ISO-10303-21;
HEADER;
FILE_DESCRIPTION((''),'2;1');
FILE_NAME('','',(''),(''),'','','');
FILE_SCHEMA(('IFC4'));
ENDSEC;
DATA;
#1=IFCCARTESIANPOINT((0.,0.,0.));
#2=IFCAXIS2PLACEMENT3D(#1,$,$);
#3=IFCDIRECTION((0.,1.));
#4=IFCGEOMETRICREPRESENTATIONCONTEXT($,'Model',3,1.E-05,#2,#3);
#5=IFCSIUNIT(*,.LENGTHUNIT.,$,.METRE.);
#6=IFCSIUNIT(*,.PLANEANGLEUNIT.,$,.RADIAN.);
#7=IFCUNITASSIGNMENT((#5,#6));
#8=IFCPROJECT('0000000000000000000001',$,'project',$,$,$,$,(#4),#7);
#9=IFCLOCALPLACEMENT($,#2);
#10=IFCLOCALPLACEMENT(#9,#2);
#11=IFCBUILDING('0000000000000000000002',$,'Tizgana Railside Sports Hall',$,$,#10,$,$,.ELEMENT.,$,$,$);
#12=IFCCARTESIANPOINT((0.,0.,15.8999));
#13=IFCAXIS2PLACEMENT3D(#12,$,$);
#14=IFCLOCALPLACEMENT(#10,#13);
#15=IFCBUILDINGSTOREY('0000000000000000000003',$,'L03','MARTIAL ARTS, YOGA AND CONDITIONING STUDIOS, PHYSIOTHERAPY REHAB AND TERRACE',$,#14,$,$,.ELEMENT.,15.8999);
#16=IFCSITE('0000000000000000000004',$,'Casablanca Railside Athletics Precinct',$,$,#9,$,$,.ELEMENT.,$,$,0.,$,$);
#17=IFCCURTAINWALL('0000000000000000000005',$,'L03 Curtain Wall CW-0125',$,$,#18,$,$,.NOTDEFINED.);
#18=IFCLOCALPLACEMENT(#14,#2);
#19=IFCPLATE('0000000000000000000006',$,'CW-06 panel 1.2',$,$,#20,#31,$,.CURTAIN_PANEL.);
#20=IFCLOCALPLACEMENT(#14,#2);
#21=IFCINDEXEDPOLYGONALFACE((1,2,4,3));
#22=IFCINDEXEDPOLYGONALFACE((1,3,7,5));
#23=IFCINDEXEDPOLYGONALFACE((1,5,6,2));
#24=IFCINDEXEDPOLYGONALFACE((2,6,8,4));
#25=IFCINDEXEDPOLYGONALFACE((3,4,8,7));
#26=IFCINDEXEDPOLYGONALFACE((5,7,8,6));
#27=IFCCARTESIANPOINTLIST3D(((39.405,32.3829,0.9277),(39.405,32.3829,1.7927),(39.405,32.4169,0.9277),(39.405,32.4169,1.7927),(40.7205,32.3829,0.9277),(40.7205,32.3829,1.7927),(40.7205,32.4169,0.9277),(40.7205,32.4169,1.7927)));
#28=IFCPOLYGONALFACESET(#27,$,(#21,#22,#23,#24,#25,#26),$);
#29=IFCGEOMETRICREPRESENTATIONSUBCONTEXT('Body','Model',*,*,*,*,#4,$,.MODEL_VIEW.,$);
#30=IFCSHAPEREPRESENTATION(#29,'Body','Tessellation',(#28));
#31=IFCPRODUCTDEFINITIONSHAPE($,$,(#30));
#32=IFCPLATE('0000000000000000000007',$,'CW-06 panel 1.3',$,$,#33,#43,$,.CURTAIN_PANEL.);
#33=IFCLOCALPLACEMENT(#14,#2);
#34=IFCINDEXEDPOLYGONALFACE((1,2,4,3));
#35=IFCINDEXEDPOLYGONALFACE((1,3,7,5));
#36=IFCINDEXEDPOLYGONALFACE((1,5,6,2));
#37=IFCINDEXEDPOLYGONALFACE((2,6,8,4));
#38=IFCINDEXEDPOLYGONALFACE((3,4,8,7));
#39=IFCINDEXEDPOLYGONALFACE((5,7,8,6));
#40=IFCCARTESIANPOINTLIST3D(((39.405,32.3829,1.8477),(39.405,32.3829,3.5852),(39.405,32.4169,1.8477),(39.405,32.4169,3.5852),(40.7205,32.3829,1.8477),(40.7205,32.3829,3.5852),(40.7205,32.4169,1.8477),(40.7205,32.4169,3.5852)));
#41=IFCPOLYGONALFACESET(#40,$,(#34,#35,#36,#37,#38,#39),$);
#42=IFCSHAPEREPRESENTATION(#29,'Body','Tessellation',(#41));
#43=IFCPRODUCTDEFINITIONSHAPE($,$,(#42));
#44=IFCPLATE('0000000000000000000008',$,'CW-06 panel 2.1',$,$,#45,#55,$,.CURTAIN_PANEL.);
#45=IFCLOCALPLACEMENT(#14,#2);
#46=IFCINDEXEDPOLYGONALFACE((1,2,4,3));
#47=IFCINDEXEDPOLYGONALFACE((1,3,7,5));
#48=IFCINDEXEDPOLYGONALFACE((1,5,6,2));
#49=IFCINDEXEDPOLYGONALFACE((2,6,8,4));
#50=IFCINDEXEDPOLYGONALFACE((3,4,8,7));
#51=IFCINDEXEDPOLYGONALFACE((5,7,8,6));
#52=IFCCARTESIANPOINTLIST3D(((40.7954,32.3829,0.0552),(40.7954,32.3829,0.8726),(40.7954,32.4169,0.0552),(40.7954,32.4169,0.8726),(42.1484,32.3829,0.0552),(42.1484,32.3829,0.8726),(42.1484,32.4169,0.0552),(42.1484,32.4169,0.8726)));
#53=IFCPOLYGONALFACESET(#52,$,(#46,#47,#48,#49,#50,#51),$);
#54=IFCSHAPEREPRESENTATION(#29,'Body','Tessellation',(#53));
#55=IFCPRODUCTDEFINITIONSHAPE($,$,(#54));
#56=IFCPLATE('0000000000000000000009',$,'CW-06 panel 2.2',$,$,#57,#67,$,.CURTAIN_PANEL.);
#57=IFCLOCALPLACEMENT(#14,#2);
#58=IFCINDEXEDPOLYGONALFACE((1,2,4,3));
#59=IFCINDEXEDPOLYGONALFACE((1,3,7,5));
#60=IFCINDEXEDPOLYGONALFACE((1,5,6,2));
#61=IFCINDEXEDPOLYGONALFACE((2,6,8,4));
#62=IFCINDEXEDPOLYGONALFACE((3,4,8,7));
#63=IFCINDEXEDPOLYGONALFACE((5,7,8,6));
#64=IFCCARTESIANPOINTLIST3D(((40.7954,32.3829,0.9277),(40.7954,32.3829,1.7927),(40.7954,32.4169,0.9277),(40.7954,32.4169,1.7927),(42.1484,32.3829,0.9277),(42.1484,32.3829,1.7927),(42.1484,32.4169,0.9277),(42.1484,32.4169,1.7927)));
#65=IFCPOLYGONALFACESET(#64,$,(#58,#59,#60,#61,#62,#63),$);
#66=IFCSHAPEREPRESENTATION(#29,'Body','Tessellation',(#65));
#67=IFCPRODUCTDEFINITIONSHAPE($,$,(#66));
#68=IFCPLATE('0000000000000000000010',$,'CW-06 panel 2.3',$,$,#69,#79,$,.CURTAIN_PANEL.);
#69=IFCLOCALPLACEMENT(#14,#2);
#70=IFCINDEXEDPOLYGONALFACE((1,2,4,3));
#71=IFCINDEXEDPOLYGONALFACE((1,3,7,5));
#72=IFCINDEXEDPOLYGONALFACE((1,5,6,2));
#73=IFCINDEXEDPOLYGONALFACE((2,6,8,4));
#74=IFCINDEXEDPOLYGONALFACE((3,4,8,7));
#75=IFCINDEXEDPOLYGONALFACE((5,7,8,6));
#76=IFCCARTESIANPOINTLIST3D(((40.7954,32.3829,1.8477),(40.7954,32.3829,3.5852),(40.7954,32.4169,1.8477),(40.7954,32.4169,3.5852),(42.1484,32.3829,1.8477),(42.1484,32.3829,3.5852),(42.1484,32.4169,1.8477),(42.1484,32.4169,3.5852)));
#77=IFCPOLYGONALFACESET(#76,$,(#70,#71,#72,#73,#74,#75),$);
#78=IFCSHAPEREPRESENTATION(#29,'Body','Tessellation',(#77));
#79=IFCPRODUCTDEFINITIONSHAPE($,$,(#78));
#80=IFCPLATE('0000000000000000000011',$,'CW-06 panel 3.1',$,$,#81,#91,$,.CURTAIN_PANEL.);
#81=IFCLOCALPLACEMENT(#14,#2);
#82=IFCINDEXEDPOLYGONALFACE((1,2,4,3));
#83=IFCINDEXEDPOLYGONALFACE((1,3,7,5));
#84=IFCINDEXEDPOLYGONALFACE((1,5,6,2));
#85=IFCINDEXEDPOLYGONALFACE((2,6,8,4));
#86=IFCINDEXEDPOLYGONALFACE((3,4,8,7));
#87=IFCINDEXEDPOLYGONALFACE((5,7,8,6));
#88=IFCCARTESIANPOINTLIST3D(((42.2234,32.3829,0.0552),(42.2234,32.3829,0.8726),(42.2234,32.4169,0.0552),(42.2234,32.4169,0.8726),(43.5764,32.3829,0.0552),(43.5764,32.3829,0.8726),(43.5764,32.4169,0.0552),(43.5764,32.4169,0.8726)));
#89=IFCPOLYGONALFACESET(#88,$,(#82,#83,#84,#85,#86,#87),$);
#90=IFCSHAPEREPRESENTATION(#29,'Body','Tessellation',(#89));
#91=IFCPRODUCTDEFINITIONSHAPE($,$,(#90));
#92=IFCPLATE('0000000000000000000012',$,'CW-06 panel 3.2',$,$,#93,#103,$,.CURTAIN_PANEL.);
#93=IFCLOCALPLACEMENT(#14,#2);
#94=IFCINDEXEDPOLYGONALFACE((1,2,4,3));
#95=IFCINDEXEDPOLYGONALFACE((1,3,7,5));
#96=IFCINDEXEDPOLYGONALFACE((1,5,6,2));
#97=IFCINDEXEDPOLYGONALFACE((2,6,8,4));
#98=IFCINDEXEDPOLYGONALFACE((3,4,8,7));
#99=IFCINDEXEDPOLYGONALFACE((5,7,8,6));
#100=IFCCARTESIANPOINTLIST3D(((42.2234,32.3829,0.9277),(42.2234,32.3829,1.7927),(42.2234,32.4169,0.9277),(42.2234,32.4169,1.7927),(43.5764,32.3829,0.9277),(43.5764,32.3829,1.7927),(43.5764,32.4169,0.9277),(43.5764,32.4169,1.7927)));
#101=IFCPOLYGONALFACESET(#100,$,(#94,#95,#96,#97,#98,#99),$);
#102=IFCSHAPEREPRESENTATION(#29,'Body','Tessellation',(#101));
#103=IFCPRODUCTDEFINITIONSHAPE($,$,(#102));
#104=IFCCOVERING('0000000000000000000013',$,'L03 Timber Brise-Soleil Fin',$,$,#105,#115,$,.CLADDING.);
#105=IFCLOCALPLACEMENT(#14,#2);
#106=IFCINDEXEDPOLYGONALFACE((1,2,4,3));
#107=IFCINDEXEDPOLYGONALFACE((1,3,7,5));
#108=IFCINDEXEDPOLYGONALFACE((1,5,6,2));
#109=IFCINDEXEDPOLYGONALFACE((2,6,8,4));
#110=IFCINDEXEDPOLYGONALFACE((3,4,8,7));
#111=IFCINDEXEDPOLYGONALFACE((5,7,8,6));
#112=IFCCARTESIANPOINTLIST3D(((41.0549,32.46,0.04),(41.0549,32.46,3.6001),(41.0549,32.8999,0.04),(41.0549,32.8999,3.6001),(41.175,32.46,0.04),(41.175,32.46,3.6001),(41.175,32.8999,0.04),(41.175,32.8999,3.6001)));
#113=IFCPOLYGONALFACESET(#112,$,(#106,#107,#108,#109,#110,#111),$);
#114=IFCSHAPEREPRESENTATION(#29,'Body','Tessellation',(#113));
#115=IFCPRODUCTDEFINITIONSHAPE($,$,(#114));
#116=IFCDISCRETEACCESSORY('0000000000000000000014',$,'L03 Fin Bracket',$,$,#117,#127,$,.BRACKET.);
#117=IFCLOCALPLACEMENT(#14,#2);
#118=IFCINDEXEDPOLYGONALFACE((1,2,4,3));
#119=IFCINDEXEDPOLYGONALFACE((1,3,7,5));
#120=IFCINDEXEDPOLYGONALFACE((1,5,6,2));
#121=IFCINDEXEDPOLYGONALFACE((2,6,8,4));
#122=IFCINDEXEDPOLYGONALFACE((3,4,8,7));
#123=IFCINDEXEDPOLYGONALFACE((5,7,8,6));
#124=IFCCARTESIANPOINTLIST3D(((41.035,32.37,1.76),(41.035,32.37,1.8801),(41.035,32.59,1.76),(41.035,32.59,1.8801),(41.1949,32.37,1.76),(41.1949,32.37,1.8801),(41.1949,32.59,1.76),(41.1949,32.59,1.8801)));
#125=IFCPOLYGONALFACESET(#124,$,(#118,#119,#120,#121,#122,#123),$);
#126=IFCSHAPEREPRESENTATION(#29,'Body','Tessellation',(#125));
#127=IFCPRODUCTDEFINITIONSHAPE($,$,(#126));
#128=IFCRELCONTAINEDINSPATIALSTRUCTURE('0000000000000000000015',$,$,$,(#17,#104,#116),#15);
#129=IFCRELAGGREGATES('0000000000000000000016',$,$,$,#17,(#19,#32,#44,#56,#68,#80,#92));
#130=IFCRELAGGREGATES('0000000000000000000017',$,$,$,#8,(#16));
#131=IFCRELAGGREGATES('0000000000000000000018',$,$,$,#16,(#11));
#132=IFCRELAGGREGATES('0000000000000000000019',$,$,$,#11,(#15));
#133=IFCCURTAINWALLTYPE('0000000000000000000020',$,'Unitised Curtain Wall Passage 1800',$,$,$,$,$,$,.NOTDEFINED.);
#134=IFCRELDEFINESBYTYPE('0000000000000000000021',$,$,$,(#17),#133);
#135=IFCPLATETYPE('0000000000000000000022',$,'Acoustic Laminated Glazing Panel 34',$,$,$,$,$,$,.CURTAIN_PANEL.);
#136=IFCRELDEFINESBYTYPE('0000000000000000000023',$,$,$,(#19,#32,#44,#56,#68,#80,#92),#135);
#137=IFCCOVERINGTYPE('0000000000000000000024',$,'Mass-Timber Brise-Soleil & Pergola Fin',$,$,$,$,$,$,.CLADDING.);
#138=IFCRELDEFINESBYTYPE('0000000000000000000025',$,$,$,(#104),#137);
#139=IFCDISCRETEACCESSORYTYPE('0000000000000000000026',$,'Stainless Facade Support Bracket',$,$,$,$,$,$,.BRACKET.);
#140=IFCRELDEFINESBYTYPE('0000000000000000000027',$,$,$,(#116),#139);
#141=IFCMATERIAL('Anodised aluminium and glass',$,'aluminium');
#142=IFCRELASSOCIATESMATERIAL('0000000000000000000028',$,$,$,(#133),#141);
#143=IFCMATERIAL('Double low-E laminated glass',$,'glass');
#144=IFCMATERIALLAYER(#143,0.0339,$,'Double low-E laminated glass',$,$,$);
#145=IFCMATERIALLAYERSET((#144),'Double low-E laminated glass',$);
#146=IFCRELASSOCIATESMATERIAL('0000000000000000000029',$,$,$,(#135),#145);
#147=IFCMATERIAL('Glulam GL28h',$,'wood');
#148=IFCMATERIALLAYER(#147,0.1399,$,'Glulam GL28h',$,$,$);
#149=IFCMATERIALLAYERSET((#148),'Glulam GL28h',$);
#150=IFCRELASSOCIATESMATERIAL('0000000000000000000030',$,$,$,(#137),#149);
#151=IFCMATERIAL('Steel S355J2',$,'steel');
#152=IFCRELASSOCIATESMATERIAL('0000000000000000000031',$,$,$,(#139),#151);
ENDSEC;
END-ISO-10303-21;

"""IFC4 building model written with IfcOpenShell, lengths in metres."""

from ifc_helpers import new_model, si_unit, direction, frame, origin, origin_2d, place, context, subcontext, project, spatial, rectangle, extrude, material, layer, layer_set, type_object, element, aggregate, save


model = new_model("IFC4")

# Units and contexts
model_context = context("Model", 3, precision=1e-05, world=origin(), true_north=direction((0.0, 1.0)))
body_context = subcontext(model_context, "Body", "Model", "MODEL_VIEW")
ifc_project = project(units=[si_unit("LENGTHUNIT", "METRE"), si_unit("PLANEANGLEUNIT", "RADIAN")], contexts=[model_context])

# Site, building, storey
site_placement = place(None, origin())
site = spatial("IfcSite", under=ifc_project, at=site_placement, Name="Casablanca Railside Athletics Precinct", CompositionType="ELEMENT", RefElevation=0.0)
building_placement = place(site_placement, origin())
building = spatial("IfcBuilding", under=site, at=building_placement, Name="Tizgana Railside Sports Hall", CompositionType="ELEMENT")
storey_placement = place(building_placement, frame((0.0, 0.0, 15.8999)))
storey = spatial("IfcBuildingStorey", under=building, at=storey_placement, Name="L03", Description="MARTIAL ARTS, YOGA AND CONDITIONING STUDIOS, PHYSIOTHERAPY REHAB AND TERRACE", CompositionType="ELEMENT", Elevation=15.8999)

# Curtain wall
ifc_material_1 = material(Name="Anodised aluminium and glass", Category="aluminium")
curtain_wall_type = type_object("IfcCurtainWallType", Name="Unitised Curtain Wall Passage 1800", PredefinedType="NOTDEFINED", material=ifc_material_1)
curtain_wall_placement = place(storey_placement, origin())
curtain_wall = element("IfcCurtainWall", 1, at=curtain_wall_placement, inside=storey, type_object=curtain_wall_type, Name="L03 Curtain Wall CW-0125", PredefinedType="NOTDEFINED")

# Shared definitions
ifc_material_2 = material(Name="Steel S355J2", Category="steel")

# Plates
ifc_material_3 = material(Name="Double low-E laminated glass", Category="glass")
ifc_layer_1 = layer(ifc_material_3, 0.0339, Name="Double low-E laminated glass")
ifc_layer_set_1 = layer_set([ifc_layer_1], Name="Double low-E laminated glass")
plate_type = type_object("IfcPlateType", Name="Acoustic Laminated Glazing Panel 34", PredefinedType="CURTAIN_PANEL", material=ifc_layer_set_1)
plate_1_placement = place(storey_placement, frame((40.0627, 32.3999, 0.9277), z_axis=(0.0, 0.0, 1.0), x_axis=(1.0, 0.0, 0.0)))
plate_1 = element("IfcPlate", 2, at=plate_1_placement, type_object=plate_type, Name="CW-06 panel 1.2", PredefinedType="CURTAIN_PANEL", context=body_context, shape_type="SweptSolid", body=[
    extrude(rectangle(XDim=1.3154, YDim=0.0339, at=origin_2d()), origin(), (0.0, 0.0, 1.0), 0.865),
])
plate_2_placement = place(storey_placement, frame((40.0627, 32.3999, 1.8477), z_axis=(0.0, 0.0, 1.0), x_axis=(1.0, 0.0, 0.0)))
plate_2 = element("IfcPlate", 3, at=plate_2_placement, type_object=plate_type, Name="CW-06 panel 1.3", PredefinedType="CURTAIN_PANEL", context=body_context, shape_type="SweptSolid", body=[
    extrude(rectangle(XDim=1.3154, YDim=0.0339, at=origin_2d()), origin(), (0.0, 0.0, 1.0), 1.7375),
])
plate_3_placement = place(storey_placement, frame((41.4719, 32.3999, 0.0552), z_axis=(0.0, 0.0, 1.0), x_axis=(1.0, 0.0, 0.0)))
plate_3 = element("IfcPlate", 4, at=plate_3_placement, type_object=plate_type, Name="CW-06 panel 2.1", PredefinedType="CURTAIN_PANEL", context=body_context, shape_type="SweptSolid", body=[
    extrude(rectangle(XDim=1.353, YDim=0.0339, at=origin_2d()), origin(), (0.0, 0.0, 1.0), 0.8174),
])
plate_4_placement = place(storey_placement, frame((41.4719, 32.3999, 0.9277), z_axis=(0.0, 0.0, 1.0), x_axis=(1.0, 0.0, 0.0)))
plate_4 = element("IfcPlate", 5, at=plate_4_placement, type_object=plate_type, Name="CW-06 panel 2.2", PredefinedType="CURTAIN_PANEL", context=body_context, shape_type="SweptSolid", body=[
    extrude(rectangle(XDim=1.353, YDim=0.0339, at=origin_2d()), origin(), (0.0, 0.0, 1.0), 0.865),
])
plate_5_placement = place(storey_placement, frame((41.4719, 32.3999, 1.8477), z_axis=(0.0, 0.0, 1.0), x_axis=(1.0, 0.0, 0.0)))
plate_5 = element("IfcPlate", 6, at=plate_5_placement, type_object=plate_type, Name="CW-06 panel 2.3", PredefinedType="CURTAIN_PANEL", context=body_context, shape_type="SweptSolid", body=[
    extrude(rectangle(XDim=1.353, YDim=0.0339, at=origin_2d()), origin(), (0.0, 0.0, 1.0), 1.7375),
])
plate_6_placement = place(storey_placement, frame((42.8999, 32.3999, 0.0552), z_axis=(0.0, 0.0, 1.0), x_axis=(1.0, 0.0, 0.0)))
plate_6 = element("IfcPlate", 7, at=plate_6_placement, type_object=plate_type, Name="CW-06 panel 3.1", PredefinedType="CURTAIN_PANEL", context=body_context, shape_type="SweptSolid", body=[
    extrude(rectangle(XDim=1.353, YDim=0.0339, at=origin_2d()), origin(), (0.0, 0.0, 1.0), 0.8174),
])
plate_7_placement = place(storey_placement, frame((42.8999, 32.3999, 0.9277), z_axis=(0.0, 0.0, 1.0), x_axis=(1.0, 0.0, 0.0)))
plate_7 = element("IfcPlate", 8, at=plate_7_placement, type_object=plate_type, Name="CW-06 panel 3.2", PredefinedType="CURTAIN_PANEL", context=body_context, shape_type="SweptSolid", body=[
    extrude(rectangle(XDim=1.353, YDim=0.0339, at=origin_2d()), origin(), (0.0, 0.0, 1.0), 0.865),
])
aggregate(curtain_wall, [plate_1, plate_2, plate_3, plate_4, plate_5, plate_6, plate_7])

# Covering
ifc_material_4 = material(Name="Glulam GL28h", Category="wood")
ifc_layer_2 = layer(ifc_material_4, 0.1399, Name="Glulam GL28h")
ifc_layer_set_2 = layer_set([ifc_layer_2], Name="Glulam GL28h")
covering_type = type_object("IfcCoveringType", Name="Mass-Timber Brise-Soleil & Pergola Fin", PredefinedType="CLADDING", material=ifc_layer_set_2)
covering_placement = place(storey_placement, frame((41.115, 32.6799, 0.04), z_axis=(0.0, 0.0, 1.0), x_axis=(1.0, 0.0, 0.0)))
element("IfcCovering", 9, at=covering_placement, inside=storey, type_object=covering_type, Name="L03 Timber Brise-Soleil Fin", PredefinedType="CLADDING", context=body_context, shape_type="SweptSolid", body=[
    extrude(rectangle(XDim=0.1201, YDim=0.4399, at=origin_2d()), origin(), (0.0, 0.0, 1.0), 3.5601),
])

# Discrete accessory
discrete_accessory_type = type_object("IfcDiscreteAccessoryType", Name="Stainless Facade Support Bracket", PredefinedType="BRACKET", material=ifc_material_2)
discrete_accessory_placement = place(storey_placement, frame((41.115, 32.48, 1.76), z_axis=(0.0, 0.0, 1.0), x_axis=(1.0, 0.0, 0.0)))
element("IfcDiscreteAccessory", 10, at=discrete_accessory_placement, inside=storey, type_object=discrete_accessory_type, Name="L03 Fin Bracket", PredefinedType="BRACKET", context=body_context, shape_type="SweptSolid", body=[
    extrude(rectangle(XDim=0.1599, YDim=0.22, at=origin_2d()), origin(), (0.0, 0.0, 1.0), 0.1201),
])

save(model, "model.ifc")
